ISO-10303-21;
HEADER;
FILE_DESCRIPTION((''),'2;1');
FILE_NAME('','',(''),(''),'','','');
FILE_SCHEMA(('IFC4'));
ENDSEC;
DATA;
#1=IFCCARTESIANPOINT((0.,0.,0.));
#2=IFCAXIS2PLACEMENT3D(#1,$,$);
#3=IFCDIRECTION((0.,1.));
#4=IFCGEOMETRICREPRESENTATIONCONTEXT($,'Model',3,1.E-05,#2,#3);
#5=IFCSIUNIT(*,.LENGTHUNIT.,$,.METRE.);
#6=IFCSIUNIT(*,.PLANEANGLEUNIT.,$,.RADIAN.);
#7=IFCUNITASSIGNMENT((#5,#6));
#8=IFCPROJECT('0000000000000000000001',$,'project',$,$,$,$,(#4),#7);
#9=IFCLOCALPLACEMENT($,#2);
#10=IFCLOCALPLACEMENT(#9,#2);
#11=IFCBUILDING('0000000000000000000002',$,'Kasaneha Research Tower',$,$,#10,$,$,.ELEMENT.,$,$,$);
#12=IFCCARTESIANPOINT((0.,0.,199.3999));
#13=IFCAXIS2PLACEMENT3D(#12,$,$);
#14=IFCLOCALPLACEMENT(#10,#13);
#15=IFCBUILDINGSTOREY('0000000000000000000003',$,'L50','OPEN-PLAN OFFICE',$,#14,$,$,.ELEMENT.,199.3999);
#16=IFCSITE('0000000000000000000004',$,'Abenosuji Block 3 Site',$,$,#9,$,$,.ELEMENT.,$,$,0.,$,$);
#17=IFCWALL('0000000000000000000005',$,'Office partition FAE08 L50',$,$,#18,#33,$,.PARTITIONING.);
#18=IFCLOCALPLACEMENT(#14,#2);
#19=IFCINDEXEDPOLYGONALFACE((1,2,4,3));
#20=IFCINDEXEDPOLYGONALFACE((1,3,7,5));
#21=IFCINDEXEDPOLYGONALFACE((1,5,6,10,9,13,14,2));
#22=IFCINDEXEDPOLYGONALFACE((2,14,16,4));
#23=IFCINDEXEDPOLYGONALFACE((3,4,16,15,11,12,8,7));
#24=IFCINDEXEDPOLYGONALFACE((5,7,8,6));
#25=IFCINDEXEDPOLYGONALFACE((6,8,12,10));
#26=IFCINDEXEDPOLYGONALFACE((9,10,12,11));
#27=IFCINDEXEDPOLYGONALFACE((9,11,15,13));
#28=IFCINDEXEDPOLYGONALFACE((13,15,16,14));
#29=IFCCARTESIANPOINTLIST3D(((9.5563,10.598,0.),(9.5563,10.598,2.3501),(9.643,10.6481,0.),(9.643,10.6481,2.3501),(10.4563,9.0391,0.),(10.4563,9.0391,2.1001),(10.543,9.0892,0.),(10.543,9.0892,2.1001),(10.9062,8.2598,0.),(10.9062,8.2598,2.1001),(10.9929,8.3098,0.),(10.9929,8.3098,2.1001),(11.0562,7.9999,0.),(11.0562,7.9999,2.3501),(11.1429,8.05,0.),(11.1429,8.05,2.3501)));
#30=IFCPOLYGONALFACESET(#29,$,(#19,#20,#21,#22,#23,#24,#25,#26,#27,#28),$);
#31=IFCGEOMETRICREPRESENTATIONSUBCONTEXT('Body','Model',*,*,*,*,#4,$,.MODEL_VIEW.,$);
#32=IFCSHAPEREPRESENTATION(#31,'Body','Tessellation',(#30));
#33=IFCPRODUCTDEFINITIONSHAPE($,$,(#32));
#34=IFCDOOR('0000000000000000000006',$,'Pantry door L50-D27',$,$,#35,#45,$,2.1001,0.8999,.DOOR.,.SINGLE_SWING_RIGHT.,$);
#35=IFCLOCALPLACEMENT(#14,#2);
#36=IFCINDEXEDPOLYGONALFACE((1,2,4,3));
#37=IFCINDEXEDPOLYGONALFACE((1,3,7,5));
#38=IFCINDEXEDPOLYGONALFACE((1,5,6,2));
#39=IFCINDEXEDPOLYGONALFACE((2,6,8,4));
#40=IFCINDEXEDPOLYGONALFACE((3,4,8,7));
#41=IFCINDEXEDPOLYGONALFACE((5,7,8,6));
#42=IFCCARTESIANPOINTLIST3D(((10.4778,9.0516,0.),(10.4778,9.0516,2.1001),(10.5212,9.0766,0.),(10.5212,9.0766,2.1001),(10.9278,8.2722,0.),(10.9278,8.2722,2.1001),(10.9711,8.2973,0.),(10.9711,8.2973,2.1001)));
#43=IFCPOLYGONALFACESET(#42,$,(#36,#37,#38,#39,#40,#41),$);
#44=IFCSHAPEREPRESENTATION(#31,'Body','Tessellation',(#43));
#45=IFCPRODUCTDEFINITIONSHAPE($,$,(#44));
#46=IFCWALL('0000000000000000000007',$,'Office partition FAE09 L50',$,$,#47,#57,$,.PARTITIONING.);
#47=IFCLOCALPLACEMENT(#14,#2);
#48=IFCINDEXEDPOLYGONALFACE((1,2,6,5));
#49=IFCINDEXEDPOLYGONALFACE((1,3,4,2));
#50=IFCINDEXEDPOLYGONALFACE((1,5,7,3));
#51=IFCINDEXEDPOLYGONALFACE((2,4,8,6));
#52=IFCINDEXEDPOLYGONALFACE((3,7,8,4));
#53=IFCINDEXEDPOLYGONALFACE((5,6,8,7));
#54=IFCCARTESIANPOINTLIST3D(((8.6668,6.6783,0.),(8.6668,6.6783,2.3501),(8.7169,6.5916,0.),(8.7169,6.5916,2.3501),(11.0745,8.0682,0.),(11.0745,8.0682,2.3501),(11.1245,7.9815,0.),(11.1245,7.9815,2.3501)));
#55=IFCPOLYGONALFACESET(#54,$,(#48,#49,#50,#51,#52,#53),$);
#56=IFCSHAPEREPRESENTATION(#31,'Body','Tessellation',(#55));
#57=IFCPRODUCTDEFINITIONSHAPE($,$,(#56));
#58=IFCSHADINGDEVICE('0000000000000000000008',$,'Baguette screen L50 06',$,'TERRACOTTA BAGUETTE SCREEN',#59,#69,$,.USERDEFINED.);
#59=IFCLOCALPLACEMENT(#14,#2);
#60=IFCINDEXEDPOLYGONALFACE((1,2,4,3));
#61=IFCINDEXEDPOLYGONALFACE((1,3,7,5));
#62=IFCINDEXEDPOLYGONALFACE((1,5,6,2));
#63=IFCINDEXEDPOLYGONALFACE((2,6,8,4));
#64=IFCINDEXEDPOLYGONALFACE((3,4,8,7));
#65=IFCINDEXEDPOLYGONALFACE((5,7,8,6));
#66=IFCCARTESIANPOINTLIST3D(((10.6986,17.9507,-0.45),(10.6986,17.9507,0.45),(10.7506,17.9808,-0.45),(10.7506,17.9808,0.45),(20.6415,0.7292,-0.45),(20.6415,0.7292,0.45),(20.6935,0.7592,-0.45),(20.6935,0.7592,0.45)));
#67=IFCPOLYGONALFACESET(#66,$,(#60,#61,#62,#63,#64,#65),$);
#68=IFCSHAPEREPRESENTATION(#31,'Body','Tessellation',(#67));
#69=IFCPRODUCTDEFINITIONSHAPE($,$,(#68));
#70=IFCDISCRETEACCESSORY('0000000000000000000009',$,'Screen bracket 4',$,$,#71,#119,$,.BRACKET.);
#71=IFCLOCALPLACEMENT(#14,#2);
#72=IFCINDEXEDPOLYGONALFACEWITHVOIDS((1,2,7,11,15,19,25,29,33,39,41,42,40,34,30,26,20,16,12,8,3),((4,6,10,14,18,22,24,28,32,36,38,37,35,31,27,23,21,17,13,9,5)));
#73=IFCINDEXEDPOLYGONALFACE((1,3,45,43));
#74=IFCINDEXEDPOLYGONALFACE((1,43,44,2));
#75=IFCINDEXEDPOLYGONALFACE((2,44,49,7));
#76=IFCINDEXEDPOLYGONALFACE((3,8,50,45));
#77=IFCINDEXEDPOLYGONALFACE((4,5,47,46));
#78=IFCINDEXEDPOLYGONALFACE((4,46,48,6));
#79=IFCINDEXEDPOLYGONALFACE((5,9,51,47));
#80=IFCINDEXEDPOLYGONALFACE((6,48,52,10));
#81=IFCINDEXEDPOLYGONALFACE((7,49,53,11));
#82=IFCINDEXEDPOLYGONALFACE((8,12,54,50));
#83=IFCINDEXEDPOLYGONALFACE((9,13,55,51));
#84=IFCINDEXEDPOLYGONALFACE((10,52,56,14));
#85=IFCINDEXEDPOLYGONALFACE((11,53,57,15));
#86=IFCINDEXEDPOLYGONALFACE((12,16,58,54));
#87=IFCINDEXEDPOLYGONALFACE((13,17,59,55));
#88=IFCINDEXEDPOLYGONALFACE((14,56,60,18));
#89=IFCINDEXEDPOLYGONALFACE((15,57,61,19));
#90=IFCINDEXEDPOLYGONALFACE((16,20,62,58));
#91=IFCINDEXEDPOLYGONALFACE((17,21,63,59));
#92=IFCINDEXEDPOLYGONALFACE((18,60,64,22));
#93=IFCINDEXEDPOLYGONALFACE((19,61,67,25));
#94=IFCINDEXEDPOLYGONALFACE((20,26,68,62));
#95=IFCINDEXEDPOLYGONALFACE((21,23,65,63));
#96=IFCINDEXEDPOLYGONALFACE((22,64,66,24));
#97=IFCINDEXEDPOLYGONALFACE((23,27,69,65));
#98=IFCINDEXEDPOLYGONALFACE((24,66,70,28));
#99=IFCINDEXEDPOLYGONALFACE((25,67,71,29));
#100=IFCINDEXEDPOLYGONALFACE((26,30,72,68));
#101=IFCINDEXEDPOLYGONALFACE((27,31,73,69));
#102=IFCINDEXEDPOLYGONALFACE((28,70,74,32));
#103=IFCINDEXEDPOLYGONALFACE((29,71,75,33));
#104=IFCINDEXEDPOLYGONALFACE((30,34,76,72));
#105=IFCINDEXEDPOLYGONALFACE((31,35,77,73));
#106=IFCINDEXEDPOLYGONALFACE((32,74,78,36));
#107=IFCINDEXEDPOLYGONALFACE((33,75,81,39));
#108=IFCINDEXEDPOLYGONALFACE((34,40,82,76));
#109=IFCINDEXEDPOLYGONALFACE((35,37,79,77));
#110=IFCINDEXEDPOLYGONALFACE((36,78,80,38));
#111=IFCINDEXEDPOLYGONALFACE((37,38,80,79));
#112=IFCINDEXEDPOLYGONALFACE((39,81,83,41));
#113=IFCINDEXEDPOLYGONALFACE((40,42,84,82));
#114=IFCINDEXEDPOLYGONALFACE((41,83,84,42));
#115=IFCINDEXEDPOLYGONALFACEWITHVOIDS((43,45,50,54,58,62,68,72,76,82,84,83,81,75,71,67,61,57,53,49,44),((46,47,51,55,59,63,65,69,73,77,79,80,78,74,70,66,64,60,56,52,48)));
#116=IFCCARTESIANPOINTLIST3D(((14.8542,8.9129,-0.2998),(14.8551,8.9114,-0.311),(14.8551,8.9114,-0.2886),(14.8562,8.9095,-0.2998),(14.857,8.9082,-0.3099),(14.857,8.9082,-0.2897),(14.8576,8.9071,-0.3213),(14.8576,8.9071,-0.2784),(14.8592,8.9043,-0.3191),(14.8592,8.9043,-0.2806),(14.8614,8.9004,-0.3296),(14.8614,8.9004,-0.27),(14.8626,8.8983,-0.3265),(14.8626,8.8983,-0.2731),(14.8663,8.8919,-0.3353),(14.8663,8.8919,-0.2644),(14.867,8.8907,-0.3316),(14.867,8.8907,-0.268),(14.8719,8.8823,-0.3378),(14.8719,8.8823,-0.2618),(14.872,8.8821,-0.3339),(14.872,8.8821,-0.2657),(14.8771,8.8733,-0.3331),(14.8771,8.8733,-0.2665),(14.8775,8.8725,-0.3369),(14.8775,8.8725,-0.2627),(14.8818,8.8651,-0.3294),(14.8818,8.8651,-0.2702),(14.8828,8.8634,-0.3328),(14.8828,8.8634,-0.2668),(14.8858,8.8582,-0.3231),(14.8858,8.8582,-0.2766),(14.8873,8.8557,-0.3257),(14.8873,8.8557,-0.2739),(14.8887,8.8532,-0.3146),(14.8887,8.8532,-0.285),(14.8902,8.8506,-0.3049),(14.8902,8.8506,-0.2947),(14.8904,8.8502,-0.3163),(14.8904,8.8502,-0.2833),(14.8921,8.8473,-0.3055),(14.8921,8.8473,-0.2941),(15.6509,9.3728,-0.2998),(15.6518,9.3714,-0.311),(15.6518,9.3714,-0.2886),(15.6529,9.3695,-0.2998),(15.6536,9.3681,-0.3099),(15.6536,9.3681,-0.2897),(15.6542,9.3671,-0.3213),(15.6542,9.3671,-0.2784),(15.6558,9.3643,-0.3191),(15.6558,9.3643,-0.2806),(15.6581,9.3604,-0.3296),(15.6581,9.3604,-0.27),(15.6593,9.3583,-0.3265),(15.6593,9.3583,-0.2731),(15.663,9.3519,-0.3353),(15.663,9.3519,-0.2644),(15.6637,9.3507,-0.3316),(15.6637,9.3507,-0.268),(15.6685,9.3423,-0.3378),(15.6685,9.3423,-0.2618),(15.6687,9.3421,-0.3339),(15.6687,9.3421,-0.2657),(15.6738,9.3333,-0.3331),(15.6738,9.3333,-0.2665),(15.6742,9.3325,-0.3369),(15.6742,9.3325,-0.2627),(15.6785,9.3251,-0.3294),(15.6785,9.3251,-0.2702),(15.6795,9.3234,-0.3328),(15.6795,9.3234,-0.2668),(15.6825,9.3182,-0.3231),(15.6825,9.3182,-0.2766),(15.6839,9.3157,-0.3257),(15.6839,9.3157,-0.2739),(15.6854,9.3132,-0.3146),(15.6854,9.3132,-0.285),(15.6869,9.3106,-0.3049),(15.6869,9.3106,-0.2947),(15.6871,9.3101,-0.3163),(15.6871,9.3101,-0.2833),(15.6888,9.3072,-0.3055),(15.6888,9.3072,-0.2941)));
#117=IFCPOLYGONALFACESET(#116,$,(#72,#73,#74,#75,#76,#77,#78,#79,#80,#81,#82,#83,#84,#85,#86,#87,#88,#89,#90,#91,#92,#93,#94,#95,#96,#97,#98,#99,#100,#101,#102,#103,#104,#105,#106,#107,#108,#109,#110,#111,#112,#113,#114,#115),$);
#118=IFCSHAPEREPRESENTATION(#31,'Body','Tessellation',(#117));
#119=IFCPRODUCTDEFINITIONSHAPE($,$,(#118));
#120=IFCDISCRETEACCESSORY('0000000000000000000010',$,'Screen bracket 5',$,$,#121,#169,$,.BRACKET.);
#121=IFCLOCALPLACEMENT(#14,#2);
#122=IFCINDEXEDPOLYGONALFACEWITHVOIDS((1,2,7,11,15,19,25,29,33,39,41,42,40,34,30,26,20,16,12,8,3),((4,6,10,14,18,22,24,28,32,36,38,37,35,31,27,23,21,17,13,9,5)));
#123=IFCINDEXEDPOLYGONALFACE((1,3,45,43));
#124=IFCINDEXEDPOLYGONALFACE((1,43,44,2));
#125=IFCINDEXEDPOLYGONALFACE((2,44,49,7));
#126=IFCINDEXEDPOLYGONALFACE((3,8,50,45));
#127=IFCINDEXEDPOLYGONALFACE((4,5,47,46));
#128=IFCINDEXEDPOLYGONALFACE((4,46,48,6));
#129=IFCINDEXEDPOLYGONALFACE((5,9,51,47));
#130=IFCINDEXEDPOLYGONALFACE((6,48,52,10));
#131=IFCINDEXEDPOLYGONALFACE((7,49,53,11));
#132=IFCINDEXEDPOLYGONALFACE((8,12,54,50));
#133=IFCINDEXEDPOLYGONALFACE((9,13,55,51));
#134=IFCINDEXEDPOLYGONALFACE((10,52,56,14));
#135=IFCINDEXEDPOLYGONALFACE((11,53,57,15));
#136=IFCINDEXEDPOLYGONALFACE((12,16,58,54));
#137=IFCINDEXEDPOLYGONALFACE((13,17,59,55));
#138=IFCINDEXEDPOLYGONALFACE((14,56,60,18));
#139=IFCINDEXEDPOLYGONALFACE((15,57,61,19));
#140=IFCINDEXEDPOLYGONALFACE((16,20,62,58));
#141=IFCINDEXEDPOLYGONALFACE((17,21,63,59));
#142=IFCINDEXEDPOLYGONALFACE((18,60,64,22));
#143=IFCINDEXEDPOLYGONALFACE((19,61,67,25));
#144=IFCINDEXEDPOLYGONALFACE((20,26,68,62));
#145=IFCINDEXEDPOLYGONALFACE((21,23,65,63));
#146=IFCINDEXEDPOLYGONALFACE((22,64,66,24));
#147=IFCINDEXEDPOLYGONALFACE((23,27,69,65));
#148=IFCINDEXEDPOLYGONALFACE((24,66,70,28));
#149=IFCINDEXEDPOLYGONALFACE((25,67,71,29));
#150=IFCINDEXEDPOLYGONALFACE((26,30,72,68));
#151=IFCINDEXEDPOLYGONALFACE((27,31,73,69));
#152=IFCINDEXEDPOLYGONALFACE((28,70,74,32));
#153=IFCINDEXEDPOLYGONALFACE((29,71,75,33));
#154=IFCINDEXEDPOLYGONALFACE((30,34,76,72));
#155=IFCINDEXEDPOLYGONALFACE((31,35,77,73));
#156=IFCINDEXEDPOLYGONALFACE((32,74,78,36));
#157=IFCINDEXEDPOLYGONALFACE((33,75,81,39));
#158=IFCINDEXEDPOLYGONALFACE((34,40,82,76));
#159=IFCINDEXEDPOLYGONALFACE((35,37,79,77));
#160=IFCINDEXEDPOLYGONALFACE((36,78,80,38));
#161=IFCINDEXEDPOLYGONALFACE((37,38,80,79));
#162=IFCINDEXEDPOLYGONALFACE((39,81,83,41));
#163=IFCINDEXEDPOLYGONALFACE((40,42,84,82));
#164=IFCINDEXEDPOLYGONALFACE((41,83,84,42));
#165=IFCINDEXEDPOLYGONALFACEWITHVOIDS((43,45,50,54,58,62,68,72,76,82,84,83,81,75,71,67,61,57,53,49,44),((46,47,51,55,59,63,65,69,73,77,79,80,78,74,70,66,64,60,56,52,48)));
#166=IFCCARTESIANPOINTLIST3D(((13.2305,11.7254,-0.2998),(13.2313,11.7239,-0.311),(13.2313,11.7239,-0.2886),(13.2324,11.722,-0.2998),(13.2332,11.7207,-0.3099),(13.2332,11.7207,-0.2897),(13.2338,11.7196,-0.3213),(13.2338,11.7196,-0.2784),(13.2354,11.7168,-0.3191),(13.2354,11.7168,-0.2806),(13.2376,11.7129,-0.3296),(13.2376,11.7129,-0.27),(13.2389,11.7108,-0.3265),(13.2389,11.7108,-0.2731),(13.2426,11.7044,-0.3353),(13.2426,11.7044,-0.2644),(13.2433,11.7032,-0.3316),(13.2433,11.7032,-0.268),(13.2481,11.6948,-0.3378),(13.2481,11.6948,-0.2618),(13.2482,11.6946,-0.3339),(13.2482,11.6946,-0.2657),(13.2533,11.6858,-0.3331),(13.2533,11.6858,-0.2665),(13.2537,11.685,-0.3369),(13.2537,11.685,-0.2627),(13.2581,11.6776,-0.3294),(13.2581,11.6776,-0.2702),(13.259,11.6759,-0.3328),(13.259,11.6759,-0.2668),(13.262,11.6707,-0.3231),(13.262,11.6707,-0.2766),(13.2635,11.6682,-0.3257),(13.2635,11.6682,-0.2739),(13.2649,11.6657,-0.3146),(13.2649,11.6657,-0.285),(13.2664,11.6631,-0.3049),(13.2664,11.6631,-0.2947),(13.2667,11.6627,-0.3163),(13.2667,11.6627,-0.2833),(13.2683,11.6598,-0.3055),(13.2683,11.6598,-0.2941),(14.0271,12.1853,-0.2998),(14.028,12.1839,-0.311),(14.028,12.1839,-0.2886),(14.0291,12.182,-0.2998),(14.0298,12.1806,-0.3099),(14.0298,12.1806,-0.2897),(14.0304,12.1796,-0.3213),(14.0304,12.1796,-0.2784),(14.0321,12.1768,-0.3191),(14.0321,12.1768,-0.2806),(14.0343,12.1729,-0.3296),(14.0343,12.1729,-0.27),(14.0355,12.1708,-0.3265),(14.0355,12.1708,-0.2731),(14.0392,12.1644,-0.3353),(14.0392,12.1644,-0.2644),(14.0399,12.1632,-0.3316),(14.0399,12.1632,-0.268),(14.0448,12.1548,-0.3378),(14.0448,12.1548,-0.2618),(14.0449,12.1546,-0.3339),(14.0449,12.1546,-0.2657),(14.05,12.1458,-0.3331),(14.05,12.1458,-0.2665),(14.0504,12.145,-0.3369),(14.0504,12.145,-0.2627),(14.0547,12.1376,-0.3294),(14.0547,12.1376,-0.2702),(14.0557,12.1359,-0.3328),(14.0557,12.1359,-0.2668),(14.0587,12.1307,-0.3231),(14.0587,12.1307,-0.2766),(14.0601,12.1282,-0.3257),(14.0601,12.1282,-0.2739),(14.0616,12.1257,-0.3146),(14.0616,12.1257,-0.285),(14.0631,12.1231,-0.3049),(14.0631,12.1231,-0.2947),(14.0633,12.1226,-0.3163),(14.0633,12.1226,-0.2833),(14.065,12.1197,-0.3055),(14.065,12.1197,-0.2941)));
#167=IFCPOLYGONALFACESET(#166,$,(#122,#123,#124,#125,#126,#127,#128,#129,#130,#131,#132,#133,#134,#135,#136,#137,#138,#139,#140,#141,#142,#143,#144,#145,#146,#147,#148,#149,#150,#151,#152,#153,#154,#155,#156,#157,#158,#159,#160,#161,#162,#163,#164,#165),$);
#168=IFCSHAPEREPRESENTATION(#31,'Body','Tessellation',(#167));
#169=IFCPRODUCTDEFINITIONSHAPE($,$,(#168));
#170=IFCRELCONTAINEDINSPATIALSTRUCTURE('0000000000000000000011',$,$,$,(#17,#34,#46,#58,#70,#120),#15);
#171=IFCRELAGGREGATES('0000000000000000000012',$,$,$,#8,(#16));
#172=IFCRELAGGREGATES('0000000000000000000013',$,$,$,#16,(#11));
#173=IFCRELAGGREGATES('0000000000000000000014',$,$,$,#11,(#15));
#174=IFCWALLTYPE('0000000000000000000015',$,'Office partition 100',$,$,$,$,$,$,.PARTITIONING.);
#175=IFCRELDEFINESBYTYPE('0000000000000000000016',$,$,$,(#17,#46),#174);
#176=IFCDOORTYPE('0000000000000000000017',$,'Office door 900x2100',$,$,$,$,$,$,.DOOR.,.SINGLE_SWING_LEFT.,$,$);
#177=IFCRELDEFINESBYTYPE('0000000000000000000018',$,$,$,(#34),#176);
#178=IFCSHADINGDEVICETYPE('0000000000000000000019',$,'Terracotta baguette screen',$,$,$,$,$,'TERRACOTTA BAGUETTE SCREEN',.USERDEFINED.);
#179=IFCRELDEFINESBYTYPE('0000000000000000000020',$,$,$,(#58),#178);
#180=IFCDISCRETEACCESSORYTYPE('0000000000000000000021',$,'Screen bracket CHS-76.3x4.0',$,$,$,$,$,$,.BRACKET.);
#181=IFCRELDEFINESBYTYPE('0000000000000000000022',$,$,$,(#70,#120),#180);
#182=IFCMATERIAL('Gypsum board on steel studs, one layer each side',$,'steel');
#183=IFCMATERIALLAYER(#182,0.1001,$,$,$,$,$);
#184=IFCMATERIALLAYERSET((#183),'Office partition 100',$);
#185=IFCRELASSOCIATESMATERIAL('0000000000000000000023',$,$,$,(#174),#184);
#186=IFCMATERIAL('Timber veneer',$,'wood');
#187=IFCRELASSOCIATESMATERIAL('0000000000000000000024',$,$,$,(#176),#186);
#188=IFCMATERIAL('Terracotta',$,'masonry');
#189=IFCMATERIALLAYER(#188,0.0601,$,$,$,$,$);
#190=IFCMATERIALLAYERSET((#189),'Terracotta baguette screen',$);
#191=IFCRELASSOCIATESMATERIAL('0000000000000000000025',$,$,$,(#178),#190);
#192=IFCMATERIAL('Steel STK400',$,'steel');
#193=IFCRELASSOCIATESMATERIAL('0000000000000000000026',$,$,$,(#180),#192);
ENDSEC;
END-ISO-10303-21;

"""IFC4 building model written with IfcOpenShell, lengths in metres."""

from ifc_helpers import new_model, si_unit, direction, frame, frame_2d, origin, origin_2d, place, context, subcontext, project, spatial, rectangle, hollow_circle, extrude, material, layer, layer_set, material_profile, profile_set, type_object, element, fill, save


model = new_model("IFC4")

# Units and contexts
model_context = context("Model", 3, precision=1e-05, world=origin(), true_north=direction((0.0, 1.0)))
body_context = subcontext(model_context, "Body", "Model", "MODEL_VIEW")
ifc_project = project(units=[si_unit("LENGTHUNIT", "METRE"), si_unit("PLANEANGLEUNIT", "RADIAN")], contexts=[model_context])

# Site, building, storey
site_placement = place(None, origin())
site = spatial("IfcSite", under=ifc_project, at=site_placement, Name="Abenosuji Block 3 Site", CompositionType="ELEMENT", RefElevation=0.0)
building_placement = place(site_placement, origin())
building = spatial("IfcBuilding", under=site, at=building_placement, Name="Kasaneha Research Tower", CompositionType="ELEMENT")
storey_placement = place(building_placement, frame((0.0, 0.0, 199.3999)))
storey = spatial("IfcBuildingStorey", under=building, at=storey_placement, Name="L50", Description="OPEN-PLAN OFFICE", CompositionType="ELEMENT", Elevation=199.3999)

# Wall, opening, door
ifc_material_1 = material(Name="Gypsum board on steel studs, one layer each side", Category="steel")
ifc_layer_1 = layer(ifc_material_1, 0.1001)
ifc_layer_set_1 = layer_set([ifc_layer_1], Name="Office partition 100")
wall_type = type_object("IfcWallType", Name="Office partition 100", PredefinedType="PARTITIONING", material=ifc_layer_set_1)
wall_1_placement = place(storey_placement, frame((9.5996, 10.623, 0.0), z_axis=(0.0, 0.0, 1.0), x_axis=(0.49999, -0.866031, 0.0)))
wall_1 = element("IfcWall", 1, at=wall_1_placement, inside=storey, type_object=wall_type, Name="Office partition FAE08 L50", PredefinedType="PARTITIONING", context=body_context, shape_type="SweptSolid", body=[
    extrude(rectangle(XDim=3.0, YDim=0.1001, at=frame_2d((1.5, 0.0))), origin(), (0.0, 0.0, 1.0), 2.3501),
])
opening_placement = place(wall_1_placement, frame((1.8, 0.0, 0.0)))
opening = element("IfcOpeningElement", 2, at=opening_placement, cuts=wall_1, PredefinedType="OPENING", context=body_context, shape_type="SweptSolid", body=[
    extrude(rectangle(XDim=0.8999, YDim=2.1001, at=frame_2d((0.45, 1.05))), frame((0.0, 0.0601, 0.0), z_axis=(0.0, -1.0, 0.0), x_axis=(1.0, 0.0, 0.0)), (0.0, 0.0, 1.0), 0.1201),
])
ifc_material_2 = material(Name="Timber veneer", Category="wood")
door_type = type_object("IfcDoorType", Name="Office door 900x2100", OperationType="SINGLE_SWING_LEFT", PredefinedType="DOOR", material=ifc_material_2)
door_placement = place(opening_placement, origin())
door = element("IfcDoor", 3, at=door_placement, inside=storey, type_object=door_type, Name="Pantry door L50-D27", OperationType="SINGLE_SWING_RIGHT", OverallHeight=2.1001, OverallWidth=0.8999, PredefinedType="DOOR", context=body_context, shape_type="SweptSolid", body=[
    extrude(rectangle(XDim=0.8999, YDim=2.1001, at=frame_2d((0.45, 1.05))), frame((0.0, 0.0249, 0.0), z_axis=(0.0, -1.0, 0.0), x_axis=(1.0, 0.0, 0.0)), (0.0, 0.0, 1.0), 0.05),
])
fill(opening, door)

# Wall
wall_2_placement = place(storey_placement, frame((11.0996, 8.0249, 0.0), z_axis=(0.0, 0.0, 1.0), x_axis=(-0.866057, -0.499945, 0.0)))
element("IfcWall", 4, at=wall_2_placement, inside=storey, type_object=wall_type, Name="Office partition FAE09 L50", PredefinedType="PARTITIONING", context=body_context, shape_type="SweptSolid", body=[
    extrude(rectangle(XDim=2.78, YDim=0.1001, at=frame_2d((1.3901, 0.0))), origin(), (0.0, 0.0, 1.0), 2.3501),
])

# Shading device
ifc_material_3 = material(Name="Terracotta", Category="masonry")
ifc_layer_2 = layer(ifc_material_3, 0.0601)
ifc_layer_set_2 = layer_set([ifc_layer_2], Name="Terracotta baguette screen")
shading_device_type = type_object("IfcShadingDeviceType", Name="Terracotta baguette screen", ElementType="TERRACOTTA BAGUETTE SCREEN", PredefinedType="USERDEFINED", material=ifc_layer_set_2)
shading_device_placement = place(storey_placement, frame((15.696, 9.355, -0.45), z_axis=(0.0, 0.0, 1.0), x_axis=(-0.5, 0.866025, 0.0)))
element("IfcShadingDevice", 5, at=shading_device_placement, inside=storey, type_object=shading_device_type, Name="Baguette screen L50 06", ObjectType="TERRACOTTA BAGUETTE SCREEN", PredefinedType="USERDEFINED", context=body_context, shape_type="SweptSolid", body=[
    extrude(rectangle(XDim=19.8857, YDim=0.0601, at=origin_2d()), origin(), (0.0, 0.0, 1.0), 0.8999),
])

# Discrete accessories
ifc_material_4 = material(Name="Steel STK400", Category="steel")
ifc_material_profile_1 = material_profile(ifc_material_4, hollow_circle(Radius=0.0381, WallThickness=0.0039, at=origin_2d()), Name="CHS-76.3x4.0")
ifc_profile_set_1 = profile_set([ifc_material_profile_1], Name="Steel STK400")
discrete_accessory_type = type_object("IfcDiscreteAccessoryType", Name="Screen bracket CHS-76.3x4.0", PredefinedType="BRACKET", material=ifc_profile_set_1)
for number, where, z_axis, x_axis, name in (
    (6, (14.8733, 8.8799, -0.2998), (0.866013, 0.500021, 0.0), (-0.500021, 0.866013, 0.0), "Screen bracket 4"),
    (7, (13.2495, 11.6924, -0.2998), (0.866013, 0.500021, 0.0), (-0.500021, 0.866013, 0.0), "Screen bracket 5"),
):
    element("IfcDiscreteAccessory", number, at=place(storey_placement, frame(where, z_axis=z_axis, x_axis=x_axis)), inside=storey, type_object=discrete_accessory_type, Name=name, PredefinedType="BRACKET", context=body_context, shape_type="SweptSolid", body=[
        extrude(hollow_circle(Radius=0.0381, WallThickness=0.0039, at=origin_2d()), origin(), (0.0, 0.0, 1.0), 0.9199),
    ])

save(model, "model.ifc")
